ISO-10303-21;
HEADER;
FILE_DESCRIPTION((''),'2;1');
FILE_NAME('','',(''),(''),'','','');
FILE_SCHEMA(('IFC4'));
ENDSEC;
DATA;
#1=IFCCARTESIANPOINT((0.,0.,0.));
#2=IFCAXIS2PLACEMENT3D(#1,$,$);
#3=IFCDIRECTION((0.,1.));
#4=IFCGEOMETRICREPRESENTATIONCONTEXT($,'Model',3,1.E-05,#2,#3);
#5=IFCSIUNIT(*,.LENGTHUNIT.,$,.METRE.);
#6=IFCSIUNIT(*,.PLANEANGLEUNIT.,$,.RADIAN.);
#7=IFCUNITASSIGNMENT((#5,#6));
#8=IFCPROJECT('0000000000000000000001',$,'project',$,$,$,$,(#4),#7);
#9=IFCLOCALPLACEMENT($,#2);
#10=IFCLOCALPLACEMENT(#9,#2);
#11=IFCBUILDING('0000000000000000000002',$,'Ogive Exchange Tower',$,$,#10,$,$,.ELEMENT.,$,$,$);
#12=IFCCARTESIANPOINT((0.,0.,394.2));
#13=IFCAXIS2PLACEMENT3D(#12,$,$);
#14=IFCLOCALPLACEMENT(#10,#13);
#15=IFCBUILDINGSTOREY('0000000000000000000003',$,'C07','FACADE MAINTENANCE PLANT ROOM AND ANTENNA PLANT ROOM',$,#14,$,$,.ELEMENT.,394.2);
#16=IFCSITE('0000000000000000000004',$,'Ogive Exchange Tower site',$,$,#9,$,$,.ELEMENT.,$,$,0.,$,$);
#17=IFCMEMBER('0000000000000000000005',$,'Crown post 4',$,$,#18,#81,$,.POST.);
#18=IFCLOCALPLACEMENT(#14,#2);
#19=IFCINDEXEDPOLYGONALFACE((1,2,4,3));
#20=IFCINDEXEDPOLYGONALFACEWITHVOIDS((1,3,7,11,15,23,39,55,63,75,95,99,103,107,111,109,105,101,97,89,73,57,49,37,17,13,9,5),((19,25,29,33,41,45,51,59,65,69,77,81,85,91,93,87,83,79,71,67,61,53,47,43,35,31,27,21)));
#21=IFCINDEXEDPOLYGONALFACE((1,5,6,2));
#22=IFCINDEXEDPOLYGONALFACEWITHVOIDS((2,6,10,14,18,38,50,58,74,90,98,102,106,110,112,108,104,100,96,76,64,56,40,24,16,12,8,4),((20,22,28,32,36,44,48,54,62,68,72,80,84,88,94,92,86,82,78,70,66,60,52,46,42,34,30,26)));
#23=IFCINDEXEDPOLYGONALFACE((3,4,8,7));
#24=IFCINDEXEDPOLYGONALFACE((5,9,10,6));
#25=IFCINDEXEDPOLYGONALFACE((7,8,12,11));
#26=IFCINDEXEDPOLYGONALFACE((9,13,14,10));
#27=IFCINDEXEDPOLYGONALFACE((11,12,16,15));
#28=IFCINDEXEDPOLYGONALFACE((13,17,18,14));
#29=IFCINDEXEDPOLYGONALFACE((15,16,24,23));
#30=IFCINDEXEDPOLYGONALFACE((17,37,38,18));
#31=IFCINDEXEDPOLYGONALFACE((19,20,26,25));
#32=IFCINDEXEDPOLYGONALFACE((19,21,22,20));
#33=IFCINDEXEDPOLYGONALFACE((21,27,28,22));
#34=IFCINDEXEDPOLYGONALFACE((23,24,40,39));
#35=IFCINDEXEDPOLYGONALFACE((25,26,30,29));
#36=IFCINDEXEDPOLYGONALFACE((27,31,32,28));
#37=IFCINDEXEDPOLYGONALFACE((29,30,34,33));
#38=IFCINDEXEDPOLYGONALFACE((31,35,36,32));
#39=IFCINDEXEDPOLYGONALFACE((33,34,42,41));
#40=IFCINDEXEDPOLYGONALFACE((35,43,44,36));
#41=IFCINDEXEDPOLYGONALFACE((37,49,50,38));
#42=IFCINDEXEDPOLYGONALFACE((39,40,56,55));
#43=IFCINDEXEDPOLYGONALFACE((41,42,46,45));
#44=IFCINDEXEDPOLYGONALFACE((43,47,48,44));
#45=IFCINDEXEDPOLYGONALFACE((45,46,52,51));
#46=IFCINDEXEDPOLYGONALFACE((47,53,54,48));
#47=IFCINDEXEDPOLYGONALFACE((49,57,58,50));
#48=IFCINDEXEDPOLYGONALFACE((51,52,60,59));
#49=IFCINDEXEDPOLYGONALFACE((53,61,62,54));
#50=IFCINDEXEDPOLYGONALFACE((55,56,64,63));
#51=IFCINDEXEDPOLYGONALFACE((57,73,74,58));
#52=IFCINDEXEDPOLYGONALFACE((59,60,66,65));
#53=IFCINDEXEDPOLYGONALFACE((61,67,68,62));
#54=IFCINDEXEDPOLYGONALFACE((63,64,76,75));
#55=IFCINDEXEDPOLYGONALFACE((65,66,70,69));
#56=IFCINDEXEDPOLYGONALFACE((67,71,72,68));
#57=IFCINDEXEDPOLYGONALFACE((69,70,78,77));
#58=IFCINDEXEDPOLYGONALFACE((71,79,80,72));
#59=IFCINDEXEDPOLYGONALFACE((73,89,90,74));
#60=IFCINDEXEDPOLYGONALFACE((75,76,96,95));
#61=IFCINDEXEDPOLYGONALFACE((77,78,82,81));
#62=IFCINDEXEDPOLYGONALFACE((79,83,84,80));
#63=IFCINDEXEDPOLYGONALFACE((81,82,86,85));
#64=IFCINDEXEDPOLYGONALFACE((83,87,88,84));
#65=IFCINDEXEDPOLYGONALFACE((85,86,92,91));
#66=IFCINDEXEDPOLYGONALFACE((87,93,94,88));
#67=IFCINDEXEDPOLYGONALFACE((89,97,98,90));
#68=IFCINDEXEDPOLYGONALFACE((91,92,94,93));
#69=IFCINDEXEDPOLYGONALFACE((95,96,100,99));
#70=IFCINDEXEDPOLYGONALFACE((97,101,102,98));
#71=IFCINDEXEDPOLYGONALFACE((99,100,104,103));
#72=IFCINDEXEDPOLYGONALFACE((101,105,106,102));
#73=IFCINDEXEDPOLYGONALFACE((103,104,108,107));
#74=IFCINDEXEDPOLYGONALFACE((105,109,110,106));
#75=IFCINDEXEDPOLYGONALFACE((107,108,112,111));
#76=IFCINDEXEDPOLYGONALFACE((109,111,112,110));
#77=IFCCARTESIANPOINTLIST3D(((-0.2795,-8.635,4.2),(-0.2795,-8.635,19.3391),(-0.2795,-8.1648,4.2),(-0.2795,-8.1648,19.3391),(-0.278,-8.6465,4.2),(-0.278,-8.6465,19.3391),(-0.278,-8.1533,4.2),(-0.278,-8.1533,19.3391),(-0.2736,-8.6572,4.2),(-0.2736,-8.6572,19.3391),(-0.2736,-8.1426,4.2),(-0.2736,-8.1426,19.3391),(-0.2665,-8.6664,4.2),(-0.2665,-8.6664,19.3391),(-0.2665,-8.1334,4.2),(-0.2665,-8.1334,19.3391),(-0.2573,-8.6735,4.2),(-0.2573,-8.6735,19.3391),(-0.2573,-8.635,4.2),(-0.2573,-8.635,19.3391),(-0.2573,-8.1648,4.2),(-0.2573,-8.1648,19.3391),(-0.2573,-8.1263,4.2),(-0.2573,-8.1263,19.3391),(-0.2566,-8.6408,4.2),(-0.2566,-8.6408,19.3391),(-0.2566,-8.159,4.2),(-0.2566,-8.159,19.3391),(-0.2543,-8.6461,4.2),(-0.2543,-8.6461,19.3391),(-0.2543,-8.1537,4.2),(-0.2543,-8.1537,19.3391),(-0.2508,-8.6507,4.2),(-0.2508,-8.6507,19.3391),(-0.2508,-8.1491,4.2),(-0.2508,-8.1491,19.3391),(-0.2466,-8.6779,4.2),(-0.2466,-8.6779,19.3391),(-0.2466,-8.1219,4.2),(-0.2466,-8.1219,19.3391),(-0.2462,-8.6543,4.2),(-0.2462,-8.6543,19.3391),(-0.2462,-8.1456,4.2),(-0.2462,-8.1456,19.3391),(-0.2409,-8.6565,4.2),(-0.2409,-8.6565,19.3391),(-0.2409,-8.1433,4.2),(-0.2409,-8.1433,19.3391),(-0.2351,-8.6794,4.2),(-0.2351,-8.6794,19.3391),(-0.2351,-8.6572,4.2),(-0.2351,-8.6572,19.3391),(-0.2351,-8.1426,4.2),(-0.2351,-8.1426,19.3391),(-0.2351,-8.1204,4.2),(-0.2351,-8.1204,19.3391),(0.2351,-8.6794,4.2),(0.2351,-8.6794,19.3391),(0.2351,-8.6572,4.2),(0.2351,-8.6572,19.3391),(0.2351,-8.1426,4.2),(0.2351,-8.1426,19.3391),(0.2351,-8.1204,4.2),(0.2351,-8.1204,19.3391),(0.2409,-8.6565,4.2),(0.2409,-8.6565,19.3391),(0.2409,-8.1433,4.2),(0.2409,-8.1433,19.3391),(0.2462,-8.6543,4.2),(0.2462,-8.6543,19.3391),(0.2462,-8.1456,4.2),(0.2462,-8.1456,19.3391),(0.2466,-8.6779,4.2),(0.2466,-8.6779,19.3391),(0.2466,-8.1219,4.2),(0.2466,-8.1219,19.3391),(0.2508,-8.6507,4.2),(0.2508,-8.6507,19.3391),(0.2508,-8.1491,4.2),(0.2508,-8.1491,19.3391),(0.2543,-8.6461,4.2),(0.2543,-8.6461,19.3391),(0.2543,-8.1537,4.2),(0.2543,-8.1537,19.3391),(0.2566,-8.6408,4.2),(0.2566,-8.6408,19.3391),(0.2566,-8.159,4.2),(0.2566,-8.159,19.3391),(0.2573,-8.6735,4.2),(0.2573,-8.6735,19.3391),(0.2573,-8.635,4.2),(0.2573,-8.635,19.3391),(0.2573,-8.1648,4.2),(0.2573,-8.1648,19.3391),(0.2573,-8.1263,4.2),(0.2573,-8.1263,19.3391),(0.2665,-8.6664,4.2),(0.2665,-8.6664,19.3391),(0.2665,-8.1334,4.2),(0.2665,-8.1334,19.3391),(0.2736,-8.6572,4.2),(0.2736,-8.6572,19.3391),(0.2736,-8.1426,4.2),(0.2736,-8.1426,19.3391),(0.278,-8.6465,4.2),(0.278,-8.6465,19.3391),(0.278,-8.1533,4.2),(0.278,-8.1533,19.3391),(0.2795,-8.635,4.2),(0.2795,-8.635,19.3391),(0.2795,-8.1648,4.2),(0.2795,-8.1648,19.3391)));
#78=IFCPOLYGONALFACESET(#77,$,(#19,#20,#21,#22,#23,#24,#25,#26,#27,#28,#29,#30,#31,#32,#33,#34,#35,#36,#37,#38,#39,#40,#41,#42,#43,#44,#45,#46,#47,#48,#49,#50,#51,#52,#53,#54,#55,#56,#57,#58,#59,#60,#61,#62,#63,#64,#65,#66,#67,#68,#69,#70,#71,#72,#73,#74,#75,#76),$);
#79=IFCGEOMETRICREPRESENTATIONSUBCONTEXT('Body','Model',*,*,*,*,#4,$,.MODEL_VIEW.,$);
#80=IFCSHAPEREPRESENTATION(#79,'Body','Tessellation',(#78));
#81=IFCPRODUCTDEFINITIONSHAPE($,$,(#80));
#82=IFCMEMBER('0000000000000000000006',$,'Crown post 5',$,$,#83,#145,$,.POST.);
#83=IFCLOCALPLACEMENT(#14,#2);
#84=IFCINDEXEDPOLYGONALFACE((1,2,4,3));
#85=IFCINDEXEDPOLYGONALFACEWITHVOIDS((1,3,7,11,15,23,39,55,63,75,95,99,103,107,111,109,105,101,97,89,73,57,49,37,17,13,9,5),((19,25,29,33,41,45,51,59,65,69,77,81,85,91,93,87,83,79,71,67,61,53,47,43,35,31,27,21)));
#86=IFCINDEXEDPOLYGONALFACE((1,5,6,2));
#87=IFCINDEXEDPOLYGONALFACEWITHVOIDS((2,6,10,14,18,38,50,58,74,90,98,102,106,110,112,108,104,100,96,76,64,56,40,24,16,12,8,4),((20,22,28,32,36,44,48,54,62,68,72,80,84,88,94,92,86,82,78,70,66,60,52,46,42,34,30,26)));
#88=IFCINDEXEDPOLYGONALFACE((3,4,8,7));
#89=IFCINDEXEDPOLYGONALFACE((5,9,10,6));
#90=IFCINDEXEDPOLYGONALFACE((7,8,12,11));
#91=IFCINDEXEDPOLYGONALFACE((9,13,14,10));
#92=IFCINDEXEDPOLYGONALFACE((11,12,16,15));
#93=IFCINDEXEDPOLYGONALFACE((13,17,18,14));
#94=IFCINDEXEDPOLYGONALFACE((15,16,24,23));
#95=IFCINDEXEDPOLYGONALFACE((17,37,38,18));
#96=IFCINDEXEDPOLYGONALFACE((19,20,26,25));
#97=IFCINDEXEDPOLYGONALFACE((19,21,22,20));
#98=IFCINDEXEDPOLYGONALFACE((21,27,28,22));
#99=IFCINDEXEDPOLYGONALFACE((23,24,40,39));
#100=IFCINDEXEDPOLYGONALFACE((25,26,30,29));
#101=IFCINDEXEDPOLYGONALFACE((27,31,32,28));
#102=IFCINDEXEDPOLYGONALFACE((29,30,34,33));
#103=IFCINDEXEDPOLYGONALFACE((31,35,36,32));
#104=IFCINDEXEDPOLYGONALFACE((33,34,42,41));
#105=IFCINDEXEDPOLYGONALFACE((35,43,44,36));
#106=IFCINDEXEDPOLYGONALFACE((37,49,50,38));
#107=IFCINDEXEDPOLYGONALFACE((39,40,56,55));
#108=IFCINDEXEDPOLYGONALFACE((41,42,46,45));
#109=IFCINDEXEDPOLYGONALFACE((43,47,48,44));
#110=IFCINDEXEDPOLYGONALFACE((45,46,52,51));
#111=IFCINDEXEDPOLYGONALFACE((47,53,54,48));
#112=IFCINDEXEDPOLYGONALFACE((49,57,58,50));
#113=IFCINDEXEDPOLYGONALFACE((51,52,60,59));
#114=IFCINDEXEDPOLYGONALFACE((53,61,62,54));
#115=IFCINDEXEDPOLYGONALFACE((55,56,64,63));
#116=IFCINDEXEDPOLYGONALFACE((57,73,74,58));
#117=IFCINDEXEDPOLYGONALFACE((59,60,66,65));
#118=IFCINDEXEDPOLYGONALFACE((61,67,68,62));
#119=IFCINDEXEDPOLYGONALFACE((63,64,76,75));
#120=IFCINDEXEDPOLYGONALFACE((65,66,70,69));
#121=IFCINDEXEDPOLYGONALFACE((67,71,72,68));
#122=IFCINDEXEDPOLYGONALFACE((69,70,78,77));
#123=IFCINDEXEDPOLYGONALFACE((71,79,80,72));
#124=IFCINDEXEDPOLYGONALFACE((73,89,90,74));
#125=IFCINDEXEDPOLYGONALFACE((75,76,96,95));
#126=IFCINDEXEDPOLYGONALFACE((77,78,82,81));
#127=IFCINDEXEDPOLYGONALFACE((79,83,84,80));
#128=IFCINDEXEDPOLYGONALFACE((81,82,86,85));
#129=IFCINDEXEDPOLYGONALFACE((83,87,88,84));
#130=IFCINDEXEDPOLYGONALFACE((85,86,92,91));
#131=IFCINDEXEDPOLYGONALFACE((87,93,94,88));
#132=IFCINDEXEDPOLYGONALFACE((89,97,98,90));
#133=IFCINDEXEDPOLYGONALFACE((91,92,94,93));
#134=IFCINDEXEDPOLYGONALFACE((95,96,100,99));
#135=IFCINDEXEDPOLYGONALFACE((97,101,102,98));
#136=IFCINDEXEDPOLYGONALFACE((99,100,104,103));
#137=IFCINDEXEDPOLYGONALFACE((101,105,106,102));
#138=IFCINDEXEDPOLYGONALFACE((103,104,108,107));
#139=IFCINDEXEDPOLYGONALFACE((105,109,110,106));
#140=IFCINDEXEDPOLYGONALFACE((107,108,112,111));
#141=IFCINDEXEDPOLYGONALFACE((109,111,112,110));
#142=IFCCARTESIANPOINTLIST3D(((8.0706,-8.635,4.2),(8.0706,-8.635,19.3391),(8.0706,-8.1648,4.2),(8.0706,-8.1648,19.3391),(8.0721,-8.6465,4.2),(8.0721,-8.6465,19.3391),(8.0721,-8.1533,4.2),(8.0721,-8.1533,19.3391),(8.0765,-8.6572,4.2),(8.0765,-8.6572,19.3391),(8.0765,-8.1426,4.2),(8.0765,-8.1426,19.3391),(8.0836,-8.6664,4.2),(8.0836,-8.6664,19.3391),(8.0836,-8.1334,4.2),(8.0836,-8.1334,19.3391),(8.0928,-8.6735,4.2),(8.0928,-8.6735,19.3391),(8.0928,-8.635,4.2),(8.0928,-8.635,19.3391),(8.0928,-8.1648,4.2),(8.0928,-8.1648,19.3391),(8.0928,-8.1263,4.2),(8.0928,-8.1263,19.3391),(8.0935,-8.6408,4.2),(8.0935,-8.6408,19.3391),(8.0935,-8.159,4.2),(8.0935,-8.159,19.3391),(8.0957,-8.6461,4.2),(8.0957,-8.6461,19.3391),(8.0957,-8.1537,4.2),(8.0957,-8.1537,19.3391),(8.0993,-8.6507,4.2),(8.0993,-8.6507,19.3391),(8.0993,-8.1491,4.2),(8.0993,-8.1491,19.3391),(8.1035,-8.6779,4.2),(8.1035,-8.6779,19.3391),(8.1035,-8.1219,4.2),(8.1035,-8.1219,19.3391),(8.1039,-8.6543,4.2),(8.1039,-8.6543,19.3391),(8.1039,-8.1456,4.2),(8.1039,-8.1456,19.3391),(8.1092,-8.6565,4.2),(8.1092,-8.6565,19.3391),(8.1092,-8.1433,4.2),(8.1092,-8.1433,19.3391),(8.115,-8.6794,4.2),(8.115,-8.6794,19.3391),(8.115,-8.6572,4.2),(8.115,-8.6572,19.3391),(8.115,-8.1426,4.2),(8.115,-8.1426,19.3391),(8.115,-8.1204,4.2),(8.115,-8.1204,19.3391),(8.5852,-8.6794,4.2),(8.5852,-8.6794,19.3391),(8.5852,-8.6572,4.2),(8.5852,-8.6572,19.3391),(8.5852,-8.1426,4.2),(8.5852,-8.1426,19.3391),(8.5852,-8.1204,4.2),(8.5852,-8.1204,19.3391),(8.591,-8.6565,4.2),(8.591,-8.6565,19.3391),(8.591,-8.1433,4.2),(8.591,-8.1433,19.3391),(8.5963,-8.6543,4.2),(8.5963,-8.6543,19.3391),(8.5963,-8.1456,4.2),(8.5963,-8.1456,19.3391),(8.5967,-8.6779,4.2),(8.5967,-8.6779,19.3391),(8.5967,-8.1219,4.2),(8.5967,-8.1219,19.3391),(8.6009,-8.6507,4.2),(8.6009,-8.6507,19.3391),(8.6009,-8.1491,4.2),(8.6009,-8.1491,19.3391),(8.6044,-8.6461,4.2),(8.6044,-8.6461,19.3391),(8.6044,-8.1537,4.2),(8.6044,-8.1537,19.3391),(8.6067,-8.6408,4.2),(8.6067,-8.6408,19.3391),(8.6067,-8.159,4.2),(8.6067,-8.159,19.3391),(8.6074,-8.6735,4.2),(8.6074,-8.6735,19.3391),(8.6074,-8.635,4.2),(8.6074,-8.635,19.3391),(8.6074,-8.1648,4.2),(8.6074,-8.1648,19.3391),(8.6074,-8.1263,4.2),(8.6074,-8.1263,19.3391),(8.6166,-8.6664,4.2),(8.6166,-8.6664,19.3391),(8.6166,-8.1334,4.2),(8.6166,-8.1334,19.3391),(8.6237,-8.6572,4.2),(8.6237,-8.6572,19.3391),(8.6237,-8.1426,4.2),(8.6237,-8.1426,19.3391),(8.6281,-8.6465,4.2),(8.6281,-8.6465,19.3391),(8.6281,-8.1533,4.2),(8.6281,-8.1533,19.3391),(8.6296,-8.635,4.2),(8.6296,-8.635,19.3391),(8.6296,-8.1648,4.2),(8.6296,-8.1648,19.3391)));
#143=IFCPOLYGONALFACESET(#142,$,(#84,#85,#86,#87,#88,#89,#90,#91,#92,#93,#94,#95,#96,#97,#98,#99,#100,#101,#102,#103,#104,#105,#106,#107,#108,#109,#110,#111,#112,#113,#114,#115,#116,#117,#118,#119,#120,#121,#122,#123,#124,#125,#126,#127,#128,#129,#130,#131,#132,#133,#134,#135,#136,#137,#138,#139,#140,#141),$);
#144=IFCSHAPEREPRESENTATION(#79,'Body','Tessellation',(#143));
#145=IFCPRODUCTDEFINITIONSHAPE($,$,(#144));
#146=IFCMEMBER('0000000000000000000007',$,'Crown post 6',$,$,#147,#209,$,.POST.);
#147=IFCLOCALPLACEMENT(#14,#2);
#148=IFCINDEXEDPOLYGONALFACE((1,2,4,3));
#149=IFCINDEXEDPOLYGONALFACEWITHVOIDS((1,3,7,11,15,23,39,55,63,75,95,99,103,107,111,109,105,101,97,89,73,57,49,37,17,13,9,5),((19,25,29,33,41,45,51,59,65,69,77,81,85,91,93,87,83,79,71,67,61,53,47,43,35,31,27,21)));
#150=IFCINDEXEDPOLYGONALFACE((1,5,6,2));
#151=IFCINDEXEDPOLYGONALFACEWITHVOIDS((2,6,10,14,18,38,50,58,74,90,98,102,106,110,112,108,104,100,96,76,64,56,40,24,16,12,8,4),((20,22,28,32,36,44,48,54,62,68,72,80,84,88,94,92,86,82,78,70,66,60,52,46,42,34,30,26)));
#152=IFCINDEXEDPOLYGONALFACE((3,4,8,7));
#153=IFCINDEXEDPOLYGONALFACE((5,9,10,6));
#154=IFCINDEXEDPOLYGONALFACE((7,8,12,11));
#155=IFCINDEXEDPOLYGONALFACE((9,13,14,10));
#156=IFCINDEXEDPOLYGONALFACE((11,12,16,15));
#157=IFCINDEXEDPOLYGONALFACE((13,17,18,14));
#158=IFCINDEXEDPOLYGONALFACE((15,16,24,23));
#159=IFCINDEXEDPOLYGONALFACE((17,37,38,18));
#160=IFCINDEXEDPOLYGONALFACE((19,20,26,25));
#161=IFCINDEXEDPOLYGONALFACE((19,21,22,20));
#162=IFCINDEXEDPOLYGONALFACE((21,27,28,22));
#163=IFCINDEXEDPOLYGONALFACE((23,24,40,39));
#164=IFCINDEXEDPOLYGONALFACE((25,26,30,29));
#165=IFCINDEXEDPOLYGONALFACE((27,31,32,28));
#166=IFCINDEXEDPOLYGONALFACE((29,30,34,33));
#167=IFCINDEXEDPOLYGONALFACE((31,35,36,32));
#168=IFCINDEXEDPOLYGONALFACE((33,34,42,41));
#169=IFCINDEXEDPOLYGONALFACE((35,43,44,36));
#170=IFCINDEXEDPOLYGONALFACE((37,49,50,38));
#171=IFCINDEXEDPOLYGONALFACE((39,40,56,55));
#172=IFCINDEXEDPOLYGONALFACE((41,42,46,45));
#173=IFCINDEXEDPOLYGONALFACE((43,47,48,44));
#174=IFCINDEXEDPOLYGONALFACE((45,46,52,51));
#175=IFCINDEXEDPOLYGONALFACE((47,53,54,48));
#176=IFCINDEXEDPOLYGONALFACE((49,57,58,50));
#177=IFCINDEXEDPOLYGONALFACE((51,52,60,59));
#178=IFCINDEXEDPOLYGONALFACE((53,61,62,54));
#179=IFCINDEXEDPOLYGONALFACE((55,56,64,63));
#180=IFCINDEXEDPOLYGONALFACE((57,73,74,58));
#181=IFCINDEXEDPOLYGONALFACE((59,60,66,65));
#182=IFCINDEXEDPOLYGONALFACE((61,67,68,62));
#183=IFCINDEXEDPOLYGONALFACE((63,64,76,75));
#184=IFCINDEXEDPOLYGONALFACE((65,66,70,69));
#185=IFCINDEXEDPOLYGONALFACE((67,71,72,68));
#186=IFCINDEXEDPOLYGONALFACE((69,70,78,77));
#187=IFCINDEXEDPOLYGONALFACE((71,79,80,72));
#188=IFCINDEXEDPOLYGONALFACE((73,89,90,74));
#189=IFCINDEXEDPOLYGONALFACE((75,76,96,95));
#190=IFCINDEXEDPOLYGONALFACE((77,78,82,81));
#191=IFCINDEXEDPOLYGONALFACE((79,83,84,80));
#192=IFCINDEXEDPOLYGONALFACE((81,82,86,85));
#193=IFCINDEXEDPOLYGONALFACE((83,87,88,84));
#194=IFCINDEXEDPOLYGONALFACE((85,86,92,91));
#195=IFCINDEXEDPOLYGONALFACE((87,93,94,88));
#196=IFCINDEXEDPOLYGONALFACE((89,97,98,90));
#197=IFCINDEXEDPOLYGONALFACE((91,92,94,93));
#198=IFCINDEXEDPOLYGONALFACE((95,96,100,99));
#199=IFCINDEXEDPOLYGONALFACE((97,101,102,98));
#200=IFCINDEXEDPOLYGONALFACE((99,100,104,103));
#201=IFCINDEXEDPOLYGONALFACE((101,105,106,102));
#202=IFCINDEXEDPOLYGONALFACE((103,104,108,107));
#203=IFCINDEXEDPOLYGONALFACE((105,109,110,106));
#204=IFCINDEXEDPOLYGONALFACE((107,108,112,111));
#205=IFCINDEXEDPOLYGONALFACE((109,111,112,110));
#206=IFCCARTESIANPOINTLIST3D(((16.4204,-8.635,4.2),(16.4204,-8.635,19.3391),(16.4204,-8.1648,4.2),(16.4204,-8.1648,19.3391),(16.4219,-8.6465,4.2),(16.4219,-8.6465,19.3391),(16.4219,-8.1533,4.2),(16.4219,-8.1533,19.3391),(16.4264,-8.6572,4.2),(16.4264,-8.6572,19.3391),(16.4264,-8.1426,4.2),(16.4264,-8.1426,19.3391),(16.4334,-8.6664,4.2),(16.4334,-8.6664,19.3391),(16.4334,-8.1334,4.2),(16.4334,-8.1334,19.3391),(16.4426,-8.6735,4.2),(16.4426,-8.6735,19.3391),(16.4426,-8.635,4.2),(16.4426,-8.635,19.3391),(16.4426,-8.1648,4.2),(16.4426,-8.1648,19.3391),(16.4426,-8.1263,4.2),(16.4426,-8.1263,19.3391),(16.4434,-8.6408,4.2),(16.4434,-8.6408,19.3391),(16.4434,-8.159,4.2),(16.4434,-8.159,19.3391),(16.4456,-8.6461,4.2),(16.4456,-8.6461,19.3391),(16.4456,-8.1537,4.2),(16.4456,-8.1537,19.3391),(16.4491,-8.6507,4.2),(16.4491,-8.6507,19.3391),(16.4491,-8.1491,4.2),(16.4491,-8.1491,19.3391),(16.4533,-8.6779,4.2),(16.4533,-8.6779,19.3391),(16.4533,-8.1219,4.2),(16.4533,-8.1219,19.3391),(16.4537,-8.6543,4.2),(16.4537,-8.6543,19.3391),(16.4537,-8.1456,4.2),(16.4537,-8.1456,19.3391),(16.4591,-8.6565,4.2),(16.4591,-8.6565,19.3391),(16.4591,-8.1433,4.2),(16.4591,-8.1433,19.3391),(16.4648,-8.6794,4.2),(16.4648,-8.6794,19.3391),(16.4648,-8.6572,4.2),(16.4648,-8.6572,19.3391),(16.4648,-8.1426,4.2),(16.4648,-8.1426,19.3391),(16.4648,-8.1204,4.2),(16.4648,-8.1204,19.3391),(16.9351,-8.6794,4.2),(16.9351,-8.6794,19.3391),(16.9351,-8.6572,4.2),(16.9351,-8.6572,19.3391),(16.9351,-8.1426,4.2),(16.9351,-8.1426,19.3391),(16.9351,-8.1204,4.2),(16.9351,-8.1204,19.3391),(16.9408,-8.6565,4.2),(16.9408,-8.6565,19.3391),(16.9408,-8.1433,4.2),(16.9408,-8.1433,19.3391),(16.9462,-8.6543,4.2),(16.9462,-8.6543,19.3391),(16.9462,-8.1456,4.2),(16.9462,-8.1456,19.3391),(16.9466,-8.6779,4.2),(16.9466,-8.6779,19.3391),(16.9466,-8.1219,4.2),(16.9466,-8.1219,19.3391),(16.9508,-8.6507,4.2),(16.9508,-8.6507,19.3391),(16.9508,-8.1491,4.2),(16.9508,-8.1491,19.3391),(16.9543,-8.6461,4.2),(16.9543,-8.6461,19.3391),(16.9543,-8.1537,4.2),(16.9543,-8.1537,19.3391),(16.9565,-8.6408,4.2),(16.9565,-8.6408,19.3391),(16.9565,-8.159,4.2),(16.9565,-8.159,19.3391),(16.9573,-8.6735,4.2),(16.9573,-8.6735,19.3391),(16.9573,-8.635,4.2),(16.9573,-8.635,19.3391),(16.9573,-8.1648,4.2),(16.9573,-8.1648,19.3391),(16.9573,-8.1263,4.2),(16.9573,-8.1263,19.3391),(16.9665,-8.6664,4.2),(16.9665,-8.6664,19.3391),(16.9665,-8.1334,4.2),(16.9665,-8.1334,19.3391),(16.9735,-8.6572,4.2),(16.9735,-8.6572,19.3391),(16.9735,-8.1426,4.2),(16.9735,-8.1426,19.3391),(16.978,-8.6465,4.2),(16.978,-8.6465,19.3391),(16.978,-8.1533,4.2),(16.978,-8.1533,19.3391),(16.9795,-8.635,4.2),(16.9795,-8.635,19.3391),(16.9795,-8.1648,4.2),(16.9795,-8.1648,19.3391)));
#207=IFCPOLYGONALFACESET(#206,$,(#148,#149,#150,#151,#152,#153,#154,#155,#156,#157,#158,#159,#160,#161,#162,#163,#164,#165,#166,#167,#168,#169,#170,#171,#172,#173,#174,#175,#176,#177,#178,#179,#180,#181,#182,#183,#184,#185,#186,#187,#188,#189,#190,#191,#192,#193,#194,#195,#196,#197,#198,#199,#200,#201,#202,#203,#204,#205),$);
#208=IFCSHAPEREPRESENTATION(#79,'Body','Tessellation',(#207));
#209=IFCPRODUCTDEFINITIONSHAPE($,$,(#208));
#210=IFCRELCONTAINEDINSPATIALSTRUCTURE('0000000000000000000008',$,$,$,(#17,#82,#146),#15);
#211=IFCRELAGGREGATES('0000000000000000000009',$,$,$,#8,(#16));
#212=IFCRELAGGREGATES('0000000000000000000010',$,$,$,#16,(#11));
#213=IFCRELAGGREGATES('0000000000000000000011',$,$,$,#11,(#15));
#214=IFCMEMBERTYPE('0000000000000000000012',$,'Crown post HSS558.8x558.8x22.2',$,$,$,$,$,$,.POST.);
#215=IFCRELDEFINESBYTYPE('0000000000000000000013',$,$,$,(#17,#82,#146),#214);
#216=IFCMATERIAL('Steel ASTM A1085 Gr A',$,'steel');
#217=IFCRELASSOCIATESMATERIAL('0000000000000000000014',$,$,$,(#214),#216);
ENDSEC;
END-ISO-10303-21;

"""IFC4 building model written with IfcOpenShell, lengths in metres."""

from ifc_helpers import new_model, si_unit, direction, frame, origin, origin_2d, place, context, subcontext, project, spatial, hollow_rectangle, extrude, material, material_profile, profile_set, type_object, element, save


model = new_model("IFC4")

# Units and contexts
model_context = context("Model", 3, precision=1e-05, world=origin(), true_north=direction((0.0, 1.0)))
body_context = subcontext(model_context, "Body", "Model", "MODEL_VIEW")
ifc_project = project(units=[si_unit("LENGTHUNIT", "METRE"), si_unit("PLANEANGLEUNIT", "RADIAN")], contexts=[model_context])

# Site, building, storey
site_placement = place(None, origin())
site = spatial("IfcSite", under=ifc_project, at=site_placement, Name="Ogive Exchange Tower site", CompositionType="ELEMENT", RefElevation=0.0)
building_placement = place(site_placement, origin())
building = spatial("IfcBuilding", under=site, at=building_placement, Name="Ogive Exchange Tower", CompositionType="ELEMENT")
storey_placement = place(building_placement, frame((0.0, 0.0, 394.2)))
storey = spatial("IfcBuildingStorey", under=building, at=storey_placement, Name="C07", Description="FACADE MAINTENANCE PLANT ROOM AND ANTENNA PLANT ROOM", CompositionType="ELEMENT", Elevation=394.2)

# Members
ifc_material_1 = material(Name="Steel ASTM A1085 Gr A", Category="steel")
ifc_material_profile_1 = material_profile(ifc_material_1, hollow_rectangle(XDim=0.5591, YDim=0.5591, WallThickness=0.0222, InnerFilletRadius=0.0222, OuterFilletRadius=0.0444, at=origin_2d()), Name="HSS558.8x558.8x22.2")
ifc_profile_set_1 = profile_set([ifc_material_profile_1], Name="Steel ASTM A1085 Gr A")
member_type = type_object("IfcMemberType", Name="Crown post HSS558.8x558.8x22.2", PredefinedType="POST", material=ifc_profile_set_1)
for number, where, z_axis, x_axis, name in (
    (1, (0.0, -8.3999, 4.2), (0.0, 0.0, 1.0), (1.0, 0.0, 0.0), "Crown post 4"),
    (2, (8.3501, -8.3999, 4.2), (0.0, 0.0, 1.0), (1.0, 0.0, 0.0), "Crown post 5"),
    (3, (16.7, -8.3999, 4.2), (0.0, 0.0, 1.0), (1.0, 0.0, 0.0), "Crown post 6"),
):
    element("IfcMember", number, at=place(storey_placement, frame(where, z_axis=z_axis, x_axis=x_axis)), inside=storey, type_object=member_type, Name=name, PredefinedType="POST", context=body_context, shape_type="SweptSolid", body=[
        extrude(hollow_rectangle(XDim=0.5591, YDim=0.5591, WallThickness=0.0222, InnerFilletRadius=0.0222, OuterFilletRadius=0.0444, at=origin_2d()), origin(), (0.0, 0.0, 1.0), 15.1392),
    ])

save(model, "model.ifc")
